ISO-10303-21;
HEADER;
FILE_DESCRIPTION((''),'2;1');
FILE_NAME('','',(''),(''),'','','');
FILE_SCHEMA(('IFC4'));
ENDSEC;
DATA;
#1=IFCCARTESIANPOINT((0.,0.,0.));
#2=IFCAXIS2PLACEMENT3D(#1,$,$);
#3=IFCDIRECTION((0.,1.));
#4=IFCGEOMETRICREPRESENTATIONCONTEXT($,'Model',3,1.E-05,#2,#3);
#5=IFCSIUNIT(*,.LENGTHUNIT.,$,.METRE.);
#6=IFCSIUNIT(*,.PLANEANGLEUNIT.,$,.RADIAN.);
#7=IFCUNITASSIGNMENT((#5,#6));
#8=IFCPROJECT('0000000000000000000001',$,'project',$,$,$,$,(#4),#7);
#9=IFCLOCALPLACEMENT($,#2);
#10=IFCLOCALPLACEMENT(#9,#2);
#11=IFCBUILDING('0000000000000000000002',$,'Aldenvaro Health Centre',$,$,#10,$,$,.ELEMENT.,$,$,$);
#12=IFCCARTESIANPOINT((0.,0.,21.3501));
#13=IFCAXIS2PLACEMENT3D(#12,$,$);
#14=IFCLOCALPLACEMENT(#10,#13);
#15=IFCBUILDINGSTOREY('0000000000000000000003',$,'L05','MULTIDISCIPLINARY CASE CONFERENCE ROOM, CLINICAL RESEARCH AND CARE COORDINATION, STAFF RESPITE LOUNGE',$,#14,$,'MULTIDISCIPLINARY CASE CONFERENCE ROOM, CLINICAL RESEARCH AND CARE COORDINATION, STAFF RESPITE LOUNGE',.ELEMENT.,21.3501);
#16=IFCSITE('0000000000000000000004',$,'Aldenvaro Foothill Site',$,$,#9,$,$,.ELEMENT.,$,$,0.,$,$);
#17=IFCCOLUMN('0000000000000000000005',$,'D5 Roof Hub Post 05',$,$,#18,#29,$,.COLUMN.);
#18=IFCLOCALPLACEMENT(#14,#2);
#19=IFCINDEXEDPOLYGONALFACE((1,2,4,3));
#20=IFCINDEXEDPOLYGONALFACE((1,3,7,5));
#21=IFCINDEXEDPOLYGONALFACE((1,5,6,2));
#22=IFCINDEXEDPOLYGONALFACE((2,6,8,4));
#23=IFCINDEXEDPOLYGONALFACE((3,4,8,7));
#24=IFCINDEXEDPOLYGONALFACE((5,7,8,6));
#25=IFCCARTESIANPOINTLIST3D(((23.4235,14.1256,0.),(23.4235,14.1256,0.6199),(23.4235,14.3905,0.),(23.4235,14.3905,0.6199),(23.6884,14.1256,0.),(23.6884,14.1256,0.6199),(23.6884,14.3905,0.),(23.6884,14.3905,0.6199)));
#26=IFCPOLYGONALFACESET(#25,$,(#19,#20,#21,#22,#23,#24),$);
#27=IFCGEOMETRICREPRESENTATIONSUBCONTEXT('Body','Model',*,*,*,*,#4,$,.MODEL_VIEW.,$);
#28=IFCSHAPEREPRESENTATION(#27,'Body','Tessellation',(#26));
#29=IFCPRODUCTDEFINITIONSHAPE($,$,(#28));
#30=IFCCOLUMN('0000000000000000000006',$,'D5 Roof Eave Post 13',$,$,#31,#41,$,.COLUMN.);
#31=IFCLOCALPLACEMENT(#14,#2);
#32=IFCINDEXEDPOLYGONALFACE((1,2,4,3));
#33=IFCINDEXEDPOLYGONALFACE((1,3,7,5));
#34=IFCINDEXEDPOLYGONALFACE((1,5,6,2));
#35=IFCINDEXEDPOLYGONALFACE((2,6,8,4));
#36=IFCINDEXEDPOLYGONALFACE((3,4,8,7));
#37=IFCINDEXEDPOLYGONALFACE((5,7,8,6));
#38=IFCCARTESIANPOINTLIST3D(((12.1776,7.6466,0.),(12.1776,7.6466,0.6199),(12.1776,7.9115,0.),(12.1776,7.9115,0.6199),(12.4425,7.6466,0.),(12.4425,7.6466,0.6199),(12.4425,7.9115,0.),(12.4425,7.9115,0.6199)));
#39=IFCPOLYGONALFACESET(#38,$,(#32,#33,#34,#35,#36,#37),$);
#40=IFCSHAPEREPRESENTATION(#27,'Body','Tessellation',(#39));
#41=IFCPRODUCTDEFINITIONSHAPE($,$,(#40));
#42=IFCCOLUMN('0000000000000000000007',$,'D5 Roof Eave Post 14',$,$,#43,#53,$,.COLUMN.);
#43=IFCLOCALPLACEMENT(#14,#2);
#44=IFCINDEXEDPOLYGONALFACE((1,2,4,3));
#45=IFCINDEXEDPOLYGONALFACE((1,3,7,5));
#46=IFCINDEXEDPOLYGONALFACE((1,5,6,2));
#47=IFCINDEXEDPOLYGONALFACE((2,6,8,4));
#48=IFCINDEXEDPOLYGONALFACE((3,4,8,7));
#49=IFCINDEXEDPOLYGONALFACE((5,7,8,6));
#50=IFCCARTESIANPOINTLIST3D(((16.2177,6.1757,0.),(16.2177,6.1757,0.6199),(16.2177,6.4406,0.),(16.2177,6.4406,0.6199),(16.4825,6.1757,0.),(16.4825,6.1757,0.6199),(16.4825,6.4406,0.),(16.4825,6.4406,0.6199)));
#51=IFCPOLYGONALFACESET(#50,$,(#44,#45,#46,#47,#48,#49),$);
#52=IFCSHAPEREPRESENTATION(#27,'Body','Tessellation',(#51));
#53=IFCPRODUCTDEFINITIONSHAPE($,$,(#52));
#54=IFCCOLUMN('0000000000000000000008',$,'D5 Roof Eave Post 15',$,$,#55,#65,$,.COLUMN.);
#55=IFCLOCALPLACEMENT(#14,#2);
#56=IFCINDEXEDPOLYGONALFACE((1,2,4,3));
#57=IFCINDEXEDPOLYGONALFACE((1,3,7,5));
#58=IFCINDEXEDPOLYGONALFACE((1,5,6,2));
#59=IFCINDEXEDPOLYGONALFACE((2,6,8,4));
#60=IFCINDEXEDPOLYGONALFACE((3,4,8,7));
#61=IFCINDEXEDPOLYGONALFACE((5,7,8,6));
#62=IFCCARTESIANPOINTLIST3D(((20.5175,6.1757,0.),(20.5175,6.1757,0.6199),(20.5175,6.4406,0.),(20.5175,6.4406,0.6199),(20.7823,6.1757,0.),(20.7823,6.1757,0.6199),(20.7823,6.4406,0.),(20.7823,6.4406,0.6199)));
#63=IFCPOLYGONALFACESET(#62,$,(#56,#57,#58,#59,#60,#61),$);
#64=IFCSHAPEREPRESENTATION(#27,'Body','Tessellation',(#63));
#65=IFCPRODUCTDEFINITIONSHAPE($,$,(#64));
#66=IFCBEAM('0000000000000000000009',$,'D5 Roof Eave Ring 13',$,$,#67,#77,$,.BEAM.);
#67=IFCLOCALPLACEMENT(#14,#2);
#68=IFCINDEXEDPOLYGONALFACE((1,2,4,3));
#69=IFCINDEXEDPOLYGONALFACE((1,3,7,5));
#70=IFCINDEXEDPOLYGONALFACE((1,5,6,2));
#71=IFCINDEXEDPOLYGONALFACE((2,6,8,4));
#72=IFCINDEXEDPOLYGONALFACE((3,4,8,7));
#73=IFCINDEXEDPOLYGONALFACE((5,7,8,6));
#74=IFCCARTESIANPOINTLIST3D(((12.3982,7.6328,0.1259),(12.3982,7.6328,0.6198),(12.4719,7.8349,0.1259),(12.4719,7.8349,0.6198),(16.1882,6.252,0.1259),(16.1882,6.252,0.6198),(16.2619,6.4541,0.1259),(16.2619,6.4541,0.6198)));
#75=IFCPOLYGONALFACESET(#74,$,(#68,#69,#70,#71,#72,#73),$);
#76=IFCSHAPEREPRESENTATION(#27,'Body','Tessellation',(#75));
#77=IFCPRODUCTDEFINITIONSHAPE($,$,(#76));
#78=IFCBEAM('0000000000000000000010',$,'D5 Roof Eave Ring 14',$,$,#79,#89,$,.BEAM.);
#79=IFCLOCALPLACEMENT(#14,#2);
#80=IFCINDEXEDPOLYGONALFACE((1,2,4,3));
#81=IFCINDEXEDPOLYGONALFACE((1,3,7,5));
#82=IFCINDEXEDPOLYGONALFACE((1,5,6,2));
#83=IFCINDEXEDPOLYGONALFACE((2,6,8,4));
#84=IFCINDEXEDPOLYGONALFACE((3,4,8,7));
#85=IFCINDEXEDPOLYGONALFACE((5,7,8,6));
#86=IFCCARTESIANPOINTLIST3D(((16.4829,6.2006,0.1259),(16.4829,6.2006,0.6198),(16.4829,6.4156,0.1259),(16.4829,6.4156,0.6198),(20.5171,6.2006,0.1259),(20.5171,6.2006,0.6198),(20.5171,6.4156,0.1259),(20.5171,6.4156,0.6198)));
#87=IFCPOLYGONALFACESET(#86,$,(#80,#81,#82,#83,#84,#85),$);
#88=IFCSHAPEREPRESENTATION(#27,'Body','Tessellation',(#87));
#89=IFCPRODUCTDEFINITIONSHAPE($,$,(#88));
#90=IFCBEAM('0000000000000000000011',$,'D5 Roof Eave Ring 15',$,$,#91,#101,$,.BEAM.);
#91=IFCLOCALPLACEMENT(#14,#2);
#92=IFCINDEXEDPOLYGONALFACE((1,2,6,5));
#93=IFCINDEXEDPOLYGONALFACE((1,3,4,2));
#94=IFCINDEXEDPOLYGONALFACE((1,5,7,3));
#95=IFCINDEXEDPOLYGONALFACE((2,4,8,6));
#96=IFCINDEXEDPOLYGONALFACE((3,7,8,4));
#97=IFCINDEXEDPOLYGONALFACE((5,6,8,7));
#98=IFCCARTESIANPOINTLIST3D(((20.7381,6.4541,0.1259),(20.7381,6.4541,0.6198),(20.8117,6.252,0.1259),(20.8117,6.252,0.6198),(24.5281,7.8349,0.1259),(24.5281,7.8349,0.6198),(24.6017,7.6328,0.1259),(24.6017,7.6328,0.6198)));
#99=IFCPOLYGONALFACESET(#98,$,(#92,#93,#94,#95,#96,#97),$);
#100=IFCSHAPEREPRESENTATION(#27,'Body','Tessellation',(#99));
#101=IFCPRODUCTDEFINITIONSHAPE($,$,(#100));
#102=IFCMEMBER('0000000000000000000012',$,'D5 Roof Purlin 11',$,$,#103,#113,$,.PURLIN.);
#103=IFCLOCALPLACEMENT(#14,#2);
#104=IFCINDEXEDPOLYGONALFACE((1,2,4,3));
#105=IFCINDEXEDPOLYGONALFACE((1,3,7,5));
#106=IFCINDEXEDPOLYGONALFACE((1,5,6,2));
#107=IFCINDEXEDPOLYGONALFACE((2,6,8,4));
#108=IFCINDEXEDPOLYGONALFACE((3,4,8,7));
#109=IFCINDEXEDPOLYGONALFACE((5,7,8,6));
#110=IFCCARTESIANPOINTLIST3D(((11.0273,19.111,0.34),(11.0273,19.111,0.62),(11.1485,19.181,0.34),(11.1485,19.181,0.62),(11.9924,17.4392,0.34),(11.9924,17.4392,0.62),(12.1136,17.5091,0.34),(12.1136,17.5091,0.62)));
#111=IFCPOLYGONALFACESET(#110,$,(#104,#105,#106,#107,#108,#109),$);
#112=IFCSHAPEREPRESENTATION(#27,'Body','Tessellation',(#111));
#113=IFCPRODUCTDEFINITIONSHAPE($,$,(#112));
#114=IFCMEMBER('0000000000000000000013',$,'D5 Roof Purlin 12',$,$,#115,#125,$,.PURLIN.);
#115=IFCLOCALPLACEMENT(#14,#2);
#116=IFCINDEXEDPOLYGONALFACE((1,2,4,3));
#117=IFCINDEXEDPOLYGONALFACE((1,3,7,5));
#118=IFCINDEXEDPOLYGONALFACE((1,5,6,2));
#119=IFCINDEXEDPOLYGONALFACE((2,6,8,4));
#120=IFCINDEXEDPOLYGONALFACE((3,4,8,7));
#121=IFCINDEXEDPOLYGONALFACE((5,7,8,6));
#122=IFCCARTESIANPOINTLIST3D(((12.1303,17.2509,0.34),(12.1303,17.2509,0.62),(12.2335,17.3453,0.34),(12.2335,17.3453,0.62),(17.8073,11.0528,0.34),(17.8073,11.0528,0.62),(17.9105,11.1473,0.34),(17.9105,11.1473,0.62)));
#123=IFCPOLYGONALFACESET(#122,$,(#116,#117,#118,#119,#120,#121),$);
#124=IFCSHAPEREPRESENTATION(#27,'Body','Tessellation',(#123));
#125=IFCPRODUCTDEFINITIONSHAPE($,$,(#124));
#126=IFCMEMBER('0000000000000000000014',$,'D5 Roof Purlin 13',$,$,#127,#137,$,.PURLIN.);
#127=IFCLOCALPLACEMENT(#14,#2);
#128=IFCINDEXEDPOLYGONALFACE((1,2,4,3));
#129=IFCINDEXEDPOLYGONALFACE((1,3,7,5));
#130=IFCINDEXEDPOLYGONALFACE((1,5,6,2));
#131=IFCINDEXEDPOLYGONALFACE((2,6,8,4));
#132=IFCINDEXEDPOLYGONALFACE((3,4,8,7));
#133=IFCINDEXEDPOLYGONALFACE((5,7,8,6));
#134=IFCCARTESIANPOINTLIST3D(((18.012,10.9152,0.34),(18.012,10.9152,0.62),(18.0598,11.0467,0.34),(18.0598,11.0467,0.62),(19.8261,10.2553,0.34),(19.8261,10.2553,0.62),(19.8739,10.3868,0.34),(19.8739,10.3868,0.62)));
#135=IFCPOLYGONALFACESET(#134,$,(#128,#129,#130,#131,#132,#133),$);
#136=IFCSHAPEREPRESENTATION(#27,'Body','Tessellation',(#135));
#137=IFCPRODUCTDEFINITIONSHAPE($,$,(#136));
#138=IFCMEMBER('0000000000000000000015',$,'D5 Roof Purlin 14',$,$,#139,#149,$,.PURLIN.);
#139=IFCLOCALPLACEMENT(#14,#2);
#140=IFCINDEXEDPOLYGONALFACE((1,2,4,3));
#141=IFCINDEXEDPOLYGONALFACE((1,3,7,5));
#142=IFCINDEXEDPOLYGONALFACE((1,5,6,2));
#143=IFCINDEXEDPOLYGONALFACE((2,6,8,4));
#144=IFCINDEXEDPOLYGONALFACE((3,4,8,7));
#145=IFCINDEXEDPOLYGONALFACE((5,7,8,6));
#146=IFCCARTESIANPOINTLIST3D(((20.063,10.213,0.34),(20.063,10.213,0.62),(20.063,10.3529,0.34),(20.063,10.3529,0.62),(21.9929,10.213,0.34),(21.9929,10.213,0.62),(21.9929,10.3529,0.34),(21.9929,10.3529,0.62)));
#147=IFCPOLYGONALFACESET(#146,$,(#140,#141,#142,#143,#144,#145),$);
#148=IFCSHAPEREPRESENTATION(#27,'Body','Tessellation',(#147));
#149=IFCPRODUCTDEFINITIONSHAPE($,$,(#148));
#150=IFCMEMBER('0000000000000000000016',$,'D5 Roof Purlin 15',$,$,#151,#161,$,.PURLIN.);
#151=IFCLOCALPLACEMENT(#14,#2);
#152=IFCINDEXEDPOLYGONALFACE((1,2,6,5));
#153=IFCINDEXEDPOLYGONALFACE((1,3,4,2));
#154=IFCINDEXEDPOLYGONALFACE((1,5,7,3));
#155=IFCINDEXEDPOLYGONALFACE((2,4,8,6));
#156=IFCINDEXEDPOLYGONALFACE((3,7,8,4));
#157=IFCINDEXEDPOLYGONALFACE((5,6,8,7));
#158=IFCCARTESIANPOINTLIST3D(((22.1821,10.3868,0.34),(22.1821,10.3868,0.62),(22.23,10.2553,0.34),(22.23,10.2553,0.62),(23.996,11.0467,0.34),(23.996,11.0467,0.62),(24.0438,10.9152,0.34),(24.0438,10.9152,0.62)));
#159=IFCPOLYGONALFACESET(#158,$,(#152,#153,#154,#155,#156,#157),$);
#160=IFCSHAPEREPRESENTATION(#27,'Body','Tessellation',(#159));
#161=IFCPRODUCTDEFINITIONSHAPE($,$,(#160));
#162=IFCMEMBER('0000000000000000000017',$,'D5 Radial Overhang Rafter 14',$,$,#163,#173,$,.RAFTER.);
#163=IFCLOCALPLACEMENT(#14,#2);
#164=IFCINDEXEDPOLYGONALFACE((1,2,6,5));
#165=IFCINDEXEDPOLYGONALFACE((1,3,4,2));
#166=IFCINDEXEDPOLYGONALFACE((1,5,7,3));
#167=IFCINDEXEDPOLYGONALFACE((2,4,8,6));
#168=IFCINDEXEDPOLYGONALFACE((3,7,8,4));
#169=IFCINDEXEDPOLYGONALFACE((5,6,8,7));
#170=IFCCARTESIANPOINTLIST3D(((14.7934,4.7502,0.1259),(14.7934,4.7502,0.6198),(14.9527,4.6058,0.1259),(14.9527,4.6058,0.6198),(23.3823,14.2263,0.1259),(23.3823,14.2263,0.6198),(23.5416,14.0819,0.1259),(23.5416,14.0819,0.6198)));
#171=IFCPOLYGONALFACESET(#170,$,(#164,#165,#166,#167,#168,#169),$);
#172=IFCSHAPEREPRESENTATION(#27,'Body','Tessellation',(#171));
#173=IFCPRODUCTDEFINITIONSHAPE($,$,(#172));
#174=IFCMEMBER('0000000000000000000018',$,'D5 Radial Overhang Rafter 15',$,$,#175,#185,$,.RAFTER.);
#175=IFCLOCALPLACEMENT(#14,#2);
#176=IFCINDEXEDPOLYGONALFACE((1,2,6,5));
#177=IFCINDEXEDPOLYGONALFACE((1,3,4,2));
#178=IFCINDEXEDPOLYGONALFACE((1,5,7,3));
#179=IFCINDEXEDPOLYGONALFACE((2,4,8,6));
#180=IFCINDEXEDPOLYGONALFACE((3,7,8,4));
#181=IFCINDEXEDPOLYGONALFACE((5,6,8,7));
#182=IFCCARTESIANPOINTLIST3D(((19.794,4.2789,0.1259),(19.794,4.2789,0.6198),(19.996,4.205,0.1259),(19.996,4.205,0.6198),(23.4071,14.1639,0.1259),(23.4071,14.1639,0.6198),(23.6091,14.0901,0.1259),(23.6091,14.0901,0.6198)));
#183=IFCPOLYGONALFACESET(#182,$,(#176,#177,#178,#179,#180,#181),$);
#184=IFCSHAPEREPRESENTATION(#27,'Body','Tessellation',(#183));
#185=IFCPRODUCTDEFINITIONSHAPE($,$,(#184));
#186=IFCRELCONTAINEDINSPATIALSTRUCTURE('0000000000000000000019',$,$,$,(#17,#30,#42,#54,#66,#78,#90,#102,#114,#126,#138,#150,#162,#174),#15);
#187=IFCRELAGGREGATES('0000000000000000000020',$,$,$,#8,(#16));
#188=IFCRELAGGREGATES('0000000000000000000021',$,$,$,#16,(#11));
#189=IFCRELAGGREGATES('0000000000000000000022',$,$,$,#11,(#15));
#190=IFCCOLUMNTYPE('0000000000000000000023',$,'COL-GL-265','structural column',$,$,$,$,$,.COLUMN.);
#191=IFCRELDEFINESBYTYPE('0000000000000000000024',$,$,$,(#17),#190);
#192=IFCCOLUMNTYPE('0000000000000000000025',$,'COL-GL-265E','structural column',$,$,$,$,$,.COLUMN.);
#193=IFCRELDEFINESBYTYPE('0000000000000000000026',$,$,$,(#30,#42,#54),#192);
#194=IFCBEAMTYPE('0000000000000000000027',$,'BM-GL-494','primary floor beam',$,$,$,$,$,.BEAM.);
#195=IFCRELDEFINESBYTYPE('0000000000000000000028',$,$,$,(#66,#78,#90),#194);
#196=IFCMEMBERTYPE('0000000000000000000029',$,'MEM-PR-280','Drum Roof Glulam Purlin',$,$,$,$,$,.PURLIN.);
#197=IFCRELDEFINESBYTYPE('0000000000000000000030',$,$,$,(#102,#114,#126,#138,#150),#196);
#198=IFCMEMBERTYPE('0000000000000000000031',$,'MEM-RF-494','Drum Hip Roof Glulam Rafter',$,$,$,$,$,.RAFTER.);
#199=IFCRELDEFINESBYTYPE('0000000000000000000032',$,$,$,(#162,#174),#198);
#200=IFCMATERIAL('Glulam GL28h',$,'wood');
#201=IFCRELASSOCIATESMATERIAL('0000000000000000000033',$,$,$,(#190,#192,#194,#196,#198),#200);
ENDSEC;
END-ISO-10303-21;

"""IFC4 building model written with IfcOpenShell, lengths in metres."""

from ifc_helpers import new_model, si_unit, direction, frame, origin, origin_2d, place, context, subcontext, project, spatial, rectangle, extrude, material, material_profile, profile_set, type_object, element, save


model = new_model("IFC4")

# Units and contexts
model_context = context("Model", 3, precision=1e-05, world=origin(), true_north=direction((0.0, 1.0)))
body_context = subcontext(model_context, "Body", "Model", "MODEL_VIEW")
ifc_project = project(units=[si_unit("LENGTHUNIT", "METRE"), si_unit("PLANEANGLEUNIT", "RADIAN")], contexts=[model_context])

# Site, building, storey
site_placement = place(None, origin())
site = spatial("IfcSite", under=ifc_project, at=site_placement, Name="Aldenvaro Foothill Site", CompositionType="ELEMENT", RefElevation=0.0)
building_placement = place(site_placement, origin())
building = spatial("IfcBuilding", under=site, at=building_placement, Name="Aldenvaro Health Centre", CompositionType="ELEMENT")
storey_placement = place(building_placement, frame((0.0, 0.0, 21.3501)))
storey = spatial("IfcBuildingStorey", under=building, at=storey_placement, Name="L05", Description="MULTIDISCIPLINARY CASE CONFERENCE ROOM, CLINICAL RESEARCH AND CARE COORDINATION, STAFF RESPITE LOUNGE", LongName="MULTIDISCIPLINARY CASE CONFERENCE ROOM, CLINICAL RESEARCH AND CARE COORDINATION, STAFF RESPITE LOUNGE", CompositionType="ELEMENT", Elevation=21.3501)

# Columns
ifc_material_1 = material(Name="Glulam GL28h", Category="wood")
ifc_material_profile_1 = material_profile(ifc_material_1, rectangle(XDim=0.2649, YDim=0.2649, at=origin_2d()), Name="GL 265x265", Category="wood")
ifc_profile_set_1 = profile_set([ifc_material_profile_1], Name="Glulam GL28h")
column_type_1 = type_object("IfcColumnType", Name="COL-GL-265", Description="structural column", PredefinedType="COLUMN", material=ifc_profile_set_1)
column_placement = place(storey_placement, frame((23.5559, 14.2581, 0.0), z_axis=(0.0, 0.0, 1.0), x_axis=(1.0, 0.0, 0.0)))
element("IfcColumn", 1, at=column_placement, inside=storey, type_object=column_type_1, Name="D5 Roof Hub Post 05", PredefinedType="COLUMN", context=body_context, shape_type="SweptSolid", body=[
    extrude(rectangle(XDim=0.2649, YDim=0.2649, at=origin_2d()), origin(), (0.0, 0.0, 1.0), 0.6199),
])
ifc_material_profile_2 = material_profile(ifc_material_1, rectangle(XDim=0.2649, YDim=0.2649, at=origin_2d()), Name="GL 265x265", Category="wood")
ifc_profile_set_2 = profile_set([ifc_material_profile_2], Name="Glulam GL28h")
column_type_2 = type_object("IfcColumnType", Name="COL-GL-265E", Description="structural column", PredefinedType="COLUMN", material=ifc_profile_set_2)
for number, where, z_axis, x_axis, name in (
    (2, (12.3101, 7.7791, 0.0), (0.0, 0.0, 1.0), (1.0, 0.0, 0.0), "D5 Roof Eave Post 13"),
    (3, (16.3501, 6.3081, 0.0), (0.0, 0.0, 1.0), (1.0, 0.0, 0.0), "D5 Roof Eave Post 14"),
    (4, (20.6499, 6.3081, 0.0), (0.0, 0.0, 1.0), (1.0, 0.0, 0.0), "D5 Roof Eave Post 15"),
):
    element("IfcColumn", number, at=place(storey_placement, frame(where, z_axis=z_axis, x_axis=x_axis)), inside=storey, type_object=column_type_2, Name=name, PredefinedType="COLUMN", context=body_context, shape_type="SweptSolid", body=[
        extrude(rectangle(XDim=0.2649, YDim=0.2649, at=origin_2d()), origin(), (0.0, 0.0, 1.0), 0.6199),
    ])

# Beams
ifc_material_profile_3 = material_profile(ifc_material_1, rectangle(XDim=0.2151, YDim=0.4939, at=origin_2d()), Name="GL 215x494", Category="wood")
ifc_profile_set_3 = profile_set([ifc_material_profile_3], Name="Glulam GL28h")
beam_type = type_object("IfcBeamType", Name="BM-GL-494", Description="primary floor beam", PredefinedType="BEAM", material=ifc_profile_set_3)
beam_1_placement = place(storey_placement, frame((12.4351, 7.7339, 0.3728), z_axis=(0.939581, -0.342326, 0.0), x_axis=(0.342326, 0.939581, 0.0)))
element("IfcBeam", 5, at=beam_1_placement, inside=storey, type_object=beam_type, Name="D5 Roof Eave Ring 13", PredefinedType="BEAM", context=body_context, shape_type="SweptSolid", body=[
    extrude(rectangle(XDim=0.2151, YDim=0.4939, at=origin_2d()), origin(), (0.0, 0.0, 1.0), 4.0337),
])
beam_2_placement = place(storey_placement, frame((16.4829, 6.3081, 0.3728), z_axis=(1.0, 0.0, 0.0), x_axis=(0.0, 1.0, 0.0)))
element("IfcBeam", 6, at=beam_2_placement, inside=storey, type_object=beam_type, Name="D5 Roof Eave Ring 14", PredefinedType="BEAM", context=body_context, shape_type="SweptSolid", body=[
    extrude(rectangle(XDim=0.2151, YDim=0.4939, at=origin_2d()), origin(), (0.0, 0.0, 1.0), 4.0342),
])
beam_3_placement = place(storey_placement, frame((20.7749, 6.353, 0.3728), z_axis=(0.939581, 0.342326, 0.0), x_axis=(-0.342326, 0.939581, 0.0)))
element("IfcBeam", 7, at=beam_3_placement, inside=storey, type_object=beam_type, Name="D5 Roof Eave Ring 15", PredefinedType="BEAM", context=body_context, shape_type="SweptSolid", body=[
    extrude(rectangle(XDim=0.2151, YDim=0.4939, at=origin_2d()), origin(), (0.0, 0.0, 1.0), 4.0337),
])

# Members
ifc_material_profile_4 = material_profile(ifc_material_1, rectangle(XDim=0.1399, YDim=0.28, at=origin_2d()), Name="GL 140x280", Category="wood")
ifc_profile_set_4 = profile_set([ifc_material_profile_4], Name="Glulam GL28h")
member_type_1 = type_object("IfcMemberType", Name="MEM-PR-280", Description="Drum Roof Glulam Purlin", PredefinedType="PURLIN", material=ifc_profile_set_4)
member_1_placement = place(storey_placement, frame((11.0879, 19.146, 0.48), z_axis=(0.499934, -0.866063, 0.0), x_axis=(0.866063, 0.499934, 0.0)))
element("IfcMember", 8, at=member_1_placement, inside=storey, type_object=member_type_1, Name="D5 Roof Purlin 11", PredefinedType="PURLIN", context=body_context, shape_type="SweptSolid", body=[
    extrude(rectangle(XDim=0.1399, YDim=0.28, at=origin_2d()), origin(), (0.0, 0.0, 1.0), 1.9304),
])
member_2_placement = place(storey_placement, frame((12.1819, 17.2981, 0.48), z_axis=(0.675434, -0.737421, 0.0), x_axis=(0.737421, 0.675434, 0.0)))
element("IfcMember", 9, at=member_2_placement, inside=storey, type_object=member_type_1, Name="D5 Roof Purlin 12", PredefinedType="PURLIN", context=body_context, shape_type="SweptSolid", body=[
    extrude(rectangle(XDim=0.1399, YDim=0.28, at=origin_2d()), origin(), (0.0, 0.0, 1.0), 8.405),
])
member_3_placement = place(storey_placement, frame((18.0359, 10.981, 0.48), z_axis=(0.93976, -0.341834, 0.0), x_axis=(0.341834, 0.93976, 0.0)))
element("IfcMember", 10, at=member_3_placement, inside=storey, type_object=member_type_1, Name="D5 Roof Purlin 13", PredefinedType="PURLIN", context=body_context, shape_type="SweptSolid", body=[
    extrude(rectangle(XDim=0.1399, YDim=0.28, at=origin_2d()), origin(), (0.0, 0.0, 1.0), 1.9304),
])
member_4_placement = place(storey_placement, frame((20.063, 10.283, 0.48), z_axis=(1.0, 0.0, 0.0), x_axis=(0.0, 1.0, 0.0)))
element("IfcMember", 11, at=member_4_placement, inside=storey, type_object=member_type_1, Name="D5 Roof Purlin 14", PredefinedType="PURLIN", context=body_context, shape_type="SweptSolid", body=[
    extrude(rectangle(XDim=0.1399, YDim=0.28, at=origin_2d()), origin(), (0.0, 0.0, 1.0), 1.9299),
])
member_5_placement = place(storey_placement, frame((22.2061, 10.321, 0.48), z_axis=(0.939745, 0.341875, 0.0), x_axis=(-0.341875, 0.939745, 0.0)))
element("IfcMember", 12, at=member_5_placement, inside=storey, type_object=member_type_1, Name="D5 Roof Purlin 15", PredefinedType="PURLIN", context=body_context, shape_type="SweptSolid", body=[
    extrude(rectangle(XDim=0.1399, YDim=0.28, at=origin_2d()), origin(), (0.0, 0.0, 1.0), 1.9302),
])
ifc_material_profile_5 = material_profile(ifc_material_1, rectangle(XDim=0.2151, YDim=0.4939, at=origin_2d()), Name="GL 215x494", Category="wood")
ifc_profile_set_5 = profile_set([ifc_material_profile_5], Name="Glulam GL28h")
member_type_2 = type_object("IfcMemberType", Name="MEM-RF-494", Description="Drum Hip Roof Glulam Rafter", PredefinedType="RAFTER", material=ifc_profile_set_5)
member_6_placement = place(storey_placement, frame((14.873, 4.678, 0.3728), z_axis=(0.67157, 0.740941, 0.0), x_axis=(-0.740941, 0.67157, 0.0)))
element("IfcMember", 13, at=member_6_placement, inside=storey, type_object=member_type_2, Name="D5 Radial Overhang Rafter 14", PredefinedType="RAFTER", context=body_context, shape_type="SweptSolid", body=[
    extrude(rectangle(XDim=0.2151, YDim=0.4939, at=origin_2d()), origin(), (0.0, 0.0, 1.0), 12.7893),
])
member_7_placement = place(storey_placement, frame((19.895, 4.2419, 0.3728), z_axis=(0.343294, 0.939228, 0.0), x_axis=(-0.939228, 0.343294, 0.0)))
element("IfcMember", 14, at=member_7_placement, inside=storey, type_object=member_type_2, Name="D5 Radial Overhang Rafter 15", PredefinedType="RAFTER", context=body_context, shape_type="SweptSolid", body=[
    extrude(rectangle(XDim=0.2151, YDim=0.4939, at=origin_2d()), origin(), (0.0, 0.0, 1.0), 10.5247),
])

save(model, "model.ifc")
